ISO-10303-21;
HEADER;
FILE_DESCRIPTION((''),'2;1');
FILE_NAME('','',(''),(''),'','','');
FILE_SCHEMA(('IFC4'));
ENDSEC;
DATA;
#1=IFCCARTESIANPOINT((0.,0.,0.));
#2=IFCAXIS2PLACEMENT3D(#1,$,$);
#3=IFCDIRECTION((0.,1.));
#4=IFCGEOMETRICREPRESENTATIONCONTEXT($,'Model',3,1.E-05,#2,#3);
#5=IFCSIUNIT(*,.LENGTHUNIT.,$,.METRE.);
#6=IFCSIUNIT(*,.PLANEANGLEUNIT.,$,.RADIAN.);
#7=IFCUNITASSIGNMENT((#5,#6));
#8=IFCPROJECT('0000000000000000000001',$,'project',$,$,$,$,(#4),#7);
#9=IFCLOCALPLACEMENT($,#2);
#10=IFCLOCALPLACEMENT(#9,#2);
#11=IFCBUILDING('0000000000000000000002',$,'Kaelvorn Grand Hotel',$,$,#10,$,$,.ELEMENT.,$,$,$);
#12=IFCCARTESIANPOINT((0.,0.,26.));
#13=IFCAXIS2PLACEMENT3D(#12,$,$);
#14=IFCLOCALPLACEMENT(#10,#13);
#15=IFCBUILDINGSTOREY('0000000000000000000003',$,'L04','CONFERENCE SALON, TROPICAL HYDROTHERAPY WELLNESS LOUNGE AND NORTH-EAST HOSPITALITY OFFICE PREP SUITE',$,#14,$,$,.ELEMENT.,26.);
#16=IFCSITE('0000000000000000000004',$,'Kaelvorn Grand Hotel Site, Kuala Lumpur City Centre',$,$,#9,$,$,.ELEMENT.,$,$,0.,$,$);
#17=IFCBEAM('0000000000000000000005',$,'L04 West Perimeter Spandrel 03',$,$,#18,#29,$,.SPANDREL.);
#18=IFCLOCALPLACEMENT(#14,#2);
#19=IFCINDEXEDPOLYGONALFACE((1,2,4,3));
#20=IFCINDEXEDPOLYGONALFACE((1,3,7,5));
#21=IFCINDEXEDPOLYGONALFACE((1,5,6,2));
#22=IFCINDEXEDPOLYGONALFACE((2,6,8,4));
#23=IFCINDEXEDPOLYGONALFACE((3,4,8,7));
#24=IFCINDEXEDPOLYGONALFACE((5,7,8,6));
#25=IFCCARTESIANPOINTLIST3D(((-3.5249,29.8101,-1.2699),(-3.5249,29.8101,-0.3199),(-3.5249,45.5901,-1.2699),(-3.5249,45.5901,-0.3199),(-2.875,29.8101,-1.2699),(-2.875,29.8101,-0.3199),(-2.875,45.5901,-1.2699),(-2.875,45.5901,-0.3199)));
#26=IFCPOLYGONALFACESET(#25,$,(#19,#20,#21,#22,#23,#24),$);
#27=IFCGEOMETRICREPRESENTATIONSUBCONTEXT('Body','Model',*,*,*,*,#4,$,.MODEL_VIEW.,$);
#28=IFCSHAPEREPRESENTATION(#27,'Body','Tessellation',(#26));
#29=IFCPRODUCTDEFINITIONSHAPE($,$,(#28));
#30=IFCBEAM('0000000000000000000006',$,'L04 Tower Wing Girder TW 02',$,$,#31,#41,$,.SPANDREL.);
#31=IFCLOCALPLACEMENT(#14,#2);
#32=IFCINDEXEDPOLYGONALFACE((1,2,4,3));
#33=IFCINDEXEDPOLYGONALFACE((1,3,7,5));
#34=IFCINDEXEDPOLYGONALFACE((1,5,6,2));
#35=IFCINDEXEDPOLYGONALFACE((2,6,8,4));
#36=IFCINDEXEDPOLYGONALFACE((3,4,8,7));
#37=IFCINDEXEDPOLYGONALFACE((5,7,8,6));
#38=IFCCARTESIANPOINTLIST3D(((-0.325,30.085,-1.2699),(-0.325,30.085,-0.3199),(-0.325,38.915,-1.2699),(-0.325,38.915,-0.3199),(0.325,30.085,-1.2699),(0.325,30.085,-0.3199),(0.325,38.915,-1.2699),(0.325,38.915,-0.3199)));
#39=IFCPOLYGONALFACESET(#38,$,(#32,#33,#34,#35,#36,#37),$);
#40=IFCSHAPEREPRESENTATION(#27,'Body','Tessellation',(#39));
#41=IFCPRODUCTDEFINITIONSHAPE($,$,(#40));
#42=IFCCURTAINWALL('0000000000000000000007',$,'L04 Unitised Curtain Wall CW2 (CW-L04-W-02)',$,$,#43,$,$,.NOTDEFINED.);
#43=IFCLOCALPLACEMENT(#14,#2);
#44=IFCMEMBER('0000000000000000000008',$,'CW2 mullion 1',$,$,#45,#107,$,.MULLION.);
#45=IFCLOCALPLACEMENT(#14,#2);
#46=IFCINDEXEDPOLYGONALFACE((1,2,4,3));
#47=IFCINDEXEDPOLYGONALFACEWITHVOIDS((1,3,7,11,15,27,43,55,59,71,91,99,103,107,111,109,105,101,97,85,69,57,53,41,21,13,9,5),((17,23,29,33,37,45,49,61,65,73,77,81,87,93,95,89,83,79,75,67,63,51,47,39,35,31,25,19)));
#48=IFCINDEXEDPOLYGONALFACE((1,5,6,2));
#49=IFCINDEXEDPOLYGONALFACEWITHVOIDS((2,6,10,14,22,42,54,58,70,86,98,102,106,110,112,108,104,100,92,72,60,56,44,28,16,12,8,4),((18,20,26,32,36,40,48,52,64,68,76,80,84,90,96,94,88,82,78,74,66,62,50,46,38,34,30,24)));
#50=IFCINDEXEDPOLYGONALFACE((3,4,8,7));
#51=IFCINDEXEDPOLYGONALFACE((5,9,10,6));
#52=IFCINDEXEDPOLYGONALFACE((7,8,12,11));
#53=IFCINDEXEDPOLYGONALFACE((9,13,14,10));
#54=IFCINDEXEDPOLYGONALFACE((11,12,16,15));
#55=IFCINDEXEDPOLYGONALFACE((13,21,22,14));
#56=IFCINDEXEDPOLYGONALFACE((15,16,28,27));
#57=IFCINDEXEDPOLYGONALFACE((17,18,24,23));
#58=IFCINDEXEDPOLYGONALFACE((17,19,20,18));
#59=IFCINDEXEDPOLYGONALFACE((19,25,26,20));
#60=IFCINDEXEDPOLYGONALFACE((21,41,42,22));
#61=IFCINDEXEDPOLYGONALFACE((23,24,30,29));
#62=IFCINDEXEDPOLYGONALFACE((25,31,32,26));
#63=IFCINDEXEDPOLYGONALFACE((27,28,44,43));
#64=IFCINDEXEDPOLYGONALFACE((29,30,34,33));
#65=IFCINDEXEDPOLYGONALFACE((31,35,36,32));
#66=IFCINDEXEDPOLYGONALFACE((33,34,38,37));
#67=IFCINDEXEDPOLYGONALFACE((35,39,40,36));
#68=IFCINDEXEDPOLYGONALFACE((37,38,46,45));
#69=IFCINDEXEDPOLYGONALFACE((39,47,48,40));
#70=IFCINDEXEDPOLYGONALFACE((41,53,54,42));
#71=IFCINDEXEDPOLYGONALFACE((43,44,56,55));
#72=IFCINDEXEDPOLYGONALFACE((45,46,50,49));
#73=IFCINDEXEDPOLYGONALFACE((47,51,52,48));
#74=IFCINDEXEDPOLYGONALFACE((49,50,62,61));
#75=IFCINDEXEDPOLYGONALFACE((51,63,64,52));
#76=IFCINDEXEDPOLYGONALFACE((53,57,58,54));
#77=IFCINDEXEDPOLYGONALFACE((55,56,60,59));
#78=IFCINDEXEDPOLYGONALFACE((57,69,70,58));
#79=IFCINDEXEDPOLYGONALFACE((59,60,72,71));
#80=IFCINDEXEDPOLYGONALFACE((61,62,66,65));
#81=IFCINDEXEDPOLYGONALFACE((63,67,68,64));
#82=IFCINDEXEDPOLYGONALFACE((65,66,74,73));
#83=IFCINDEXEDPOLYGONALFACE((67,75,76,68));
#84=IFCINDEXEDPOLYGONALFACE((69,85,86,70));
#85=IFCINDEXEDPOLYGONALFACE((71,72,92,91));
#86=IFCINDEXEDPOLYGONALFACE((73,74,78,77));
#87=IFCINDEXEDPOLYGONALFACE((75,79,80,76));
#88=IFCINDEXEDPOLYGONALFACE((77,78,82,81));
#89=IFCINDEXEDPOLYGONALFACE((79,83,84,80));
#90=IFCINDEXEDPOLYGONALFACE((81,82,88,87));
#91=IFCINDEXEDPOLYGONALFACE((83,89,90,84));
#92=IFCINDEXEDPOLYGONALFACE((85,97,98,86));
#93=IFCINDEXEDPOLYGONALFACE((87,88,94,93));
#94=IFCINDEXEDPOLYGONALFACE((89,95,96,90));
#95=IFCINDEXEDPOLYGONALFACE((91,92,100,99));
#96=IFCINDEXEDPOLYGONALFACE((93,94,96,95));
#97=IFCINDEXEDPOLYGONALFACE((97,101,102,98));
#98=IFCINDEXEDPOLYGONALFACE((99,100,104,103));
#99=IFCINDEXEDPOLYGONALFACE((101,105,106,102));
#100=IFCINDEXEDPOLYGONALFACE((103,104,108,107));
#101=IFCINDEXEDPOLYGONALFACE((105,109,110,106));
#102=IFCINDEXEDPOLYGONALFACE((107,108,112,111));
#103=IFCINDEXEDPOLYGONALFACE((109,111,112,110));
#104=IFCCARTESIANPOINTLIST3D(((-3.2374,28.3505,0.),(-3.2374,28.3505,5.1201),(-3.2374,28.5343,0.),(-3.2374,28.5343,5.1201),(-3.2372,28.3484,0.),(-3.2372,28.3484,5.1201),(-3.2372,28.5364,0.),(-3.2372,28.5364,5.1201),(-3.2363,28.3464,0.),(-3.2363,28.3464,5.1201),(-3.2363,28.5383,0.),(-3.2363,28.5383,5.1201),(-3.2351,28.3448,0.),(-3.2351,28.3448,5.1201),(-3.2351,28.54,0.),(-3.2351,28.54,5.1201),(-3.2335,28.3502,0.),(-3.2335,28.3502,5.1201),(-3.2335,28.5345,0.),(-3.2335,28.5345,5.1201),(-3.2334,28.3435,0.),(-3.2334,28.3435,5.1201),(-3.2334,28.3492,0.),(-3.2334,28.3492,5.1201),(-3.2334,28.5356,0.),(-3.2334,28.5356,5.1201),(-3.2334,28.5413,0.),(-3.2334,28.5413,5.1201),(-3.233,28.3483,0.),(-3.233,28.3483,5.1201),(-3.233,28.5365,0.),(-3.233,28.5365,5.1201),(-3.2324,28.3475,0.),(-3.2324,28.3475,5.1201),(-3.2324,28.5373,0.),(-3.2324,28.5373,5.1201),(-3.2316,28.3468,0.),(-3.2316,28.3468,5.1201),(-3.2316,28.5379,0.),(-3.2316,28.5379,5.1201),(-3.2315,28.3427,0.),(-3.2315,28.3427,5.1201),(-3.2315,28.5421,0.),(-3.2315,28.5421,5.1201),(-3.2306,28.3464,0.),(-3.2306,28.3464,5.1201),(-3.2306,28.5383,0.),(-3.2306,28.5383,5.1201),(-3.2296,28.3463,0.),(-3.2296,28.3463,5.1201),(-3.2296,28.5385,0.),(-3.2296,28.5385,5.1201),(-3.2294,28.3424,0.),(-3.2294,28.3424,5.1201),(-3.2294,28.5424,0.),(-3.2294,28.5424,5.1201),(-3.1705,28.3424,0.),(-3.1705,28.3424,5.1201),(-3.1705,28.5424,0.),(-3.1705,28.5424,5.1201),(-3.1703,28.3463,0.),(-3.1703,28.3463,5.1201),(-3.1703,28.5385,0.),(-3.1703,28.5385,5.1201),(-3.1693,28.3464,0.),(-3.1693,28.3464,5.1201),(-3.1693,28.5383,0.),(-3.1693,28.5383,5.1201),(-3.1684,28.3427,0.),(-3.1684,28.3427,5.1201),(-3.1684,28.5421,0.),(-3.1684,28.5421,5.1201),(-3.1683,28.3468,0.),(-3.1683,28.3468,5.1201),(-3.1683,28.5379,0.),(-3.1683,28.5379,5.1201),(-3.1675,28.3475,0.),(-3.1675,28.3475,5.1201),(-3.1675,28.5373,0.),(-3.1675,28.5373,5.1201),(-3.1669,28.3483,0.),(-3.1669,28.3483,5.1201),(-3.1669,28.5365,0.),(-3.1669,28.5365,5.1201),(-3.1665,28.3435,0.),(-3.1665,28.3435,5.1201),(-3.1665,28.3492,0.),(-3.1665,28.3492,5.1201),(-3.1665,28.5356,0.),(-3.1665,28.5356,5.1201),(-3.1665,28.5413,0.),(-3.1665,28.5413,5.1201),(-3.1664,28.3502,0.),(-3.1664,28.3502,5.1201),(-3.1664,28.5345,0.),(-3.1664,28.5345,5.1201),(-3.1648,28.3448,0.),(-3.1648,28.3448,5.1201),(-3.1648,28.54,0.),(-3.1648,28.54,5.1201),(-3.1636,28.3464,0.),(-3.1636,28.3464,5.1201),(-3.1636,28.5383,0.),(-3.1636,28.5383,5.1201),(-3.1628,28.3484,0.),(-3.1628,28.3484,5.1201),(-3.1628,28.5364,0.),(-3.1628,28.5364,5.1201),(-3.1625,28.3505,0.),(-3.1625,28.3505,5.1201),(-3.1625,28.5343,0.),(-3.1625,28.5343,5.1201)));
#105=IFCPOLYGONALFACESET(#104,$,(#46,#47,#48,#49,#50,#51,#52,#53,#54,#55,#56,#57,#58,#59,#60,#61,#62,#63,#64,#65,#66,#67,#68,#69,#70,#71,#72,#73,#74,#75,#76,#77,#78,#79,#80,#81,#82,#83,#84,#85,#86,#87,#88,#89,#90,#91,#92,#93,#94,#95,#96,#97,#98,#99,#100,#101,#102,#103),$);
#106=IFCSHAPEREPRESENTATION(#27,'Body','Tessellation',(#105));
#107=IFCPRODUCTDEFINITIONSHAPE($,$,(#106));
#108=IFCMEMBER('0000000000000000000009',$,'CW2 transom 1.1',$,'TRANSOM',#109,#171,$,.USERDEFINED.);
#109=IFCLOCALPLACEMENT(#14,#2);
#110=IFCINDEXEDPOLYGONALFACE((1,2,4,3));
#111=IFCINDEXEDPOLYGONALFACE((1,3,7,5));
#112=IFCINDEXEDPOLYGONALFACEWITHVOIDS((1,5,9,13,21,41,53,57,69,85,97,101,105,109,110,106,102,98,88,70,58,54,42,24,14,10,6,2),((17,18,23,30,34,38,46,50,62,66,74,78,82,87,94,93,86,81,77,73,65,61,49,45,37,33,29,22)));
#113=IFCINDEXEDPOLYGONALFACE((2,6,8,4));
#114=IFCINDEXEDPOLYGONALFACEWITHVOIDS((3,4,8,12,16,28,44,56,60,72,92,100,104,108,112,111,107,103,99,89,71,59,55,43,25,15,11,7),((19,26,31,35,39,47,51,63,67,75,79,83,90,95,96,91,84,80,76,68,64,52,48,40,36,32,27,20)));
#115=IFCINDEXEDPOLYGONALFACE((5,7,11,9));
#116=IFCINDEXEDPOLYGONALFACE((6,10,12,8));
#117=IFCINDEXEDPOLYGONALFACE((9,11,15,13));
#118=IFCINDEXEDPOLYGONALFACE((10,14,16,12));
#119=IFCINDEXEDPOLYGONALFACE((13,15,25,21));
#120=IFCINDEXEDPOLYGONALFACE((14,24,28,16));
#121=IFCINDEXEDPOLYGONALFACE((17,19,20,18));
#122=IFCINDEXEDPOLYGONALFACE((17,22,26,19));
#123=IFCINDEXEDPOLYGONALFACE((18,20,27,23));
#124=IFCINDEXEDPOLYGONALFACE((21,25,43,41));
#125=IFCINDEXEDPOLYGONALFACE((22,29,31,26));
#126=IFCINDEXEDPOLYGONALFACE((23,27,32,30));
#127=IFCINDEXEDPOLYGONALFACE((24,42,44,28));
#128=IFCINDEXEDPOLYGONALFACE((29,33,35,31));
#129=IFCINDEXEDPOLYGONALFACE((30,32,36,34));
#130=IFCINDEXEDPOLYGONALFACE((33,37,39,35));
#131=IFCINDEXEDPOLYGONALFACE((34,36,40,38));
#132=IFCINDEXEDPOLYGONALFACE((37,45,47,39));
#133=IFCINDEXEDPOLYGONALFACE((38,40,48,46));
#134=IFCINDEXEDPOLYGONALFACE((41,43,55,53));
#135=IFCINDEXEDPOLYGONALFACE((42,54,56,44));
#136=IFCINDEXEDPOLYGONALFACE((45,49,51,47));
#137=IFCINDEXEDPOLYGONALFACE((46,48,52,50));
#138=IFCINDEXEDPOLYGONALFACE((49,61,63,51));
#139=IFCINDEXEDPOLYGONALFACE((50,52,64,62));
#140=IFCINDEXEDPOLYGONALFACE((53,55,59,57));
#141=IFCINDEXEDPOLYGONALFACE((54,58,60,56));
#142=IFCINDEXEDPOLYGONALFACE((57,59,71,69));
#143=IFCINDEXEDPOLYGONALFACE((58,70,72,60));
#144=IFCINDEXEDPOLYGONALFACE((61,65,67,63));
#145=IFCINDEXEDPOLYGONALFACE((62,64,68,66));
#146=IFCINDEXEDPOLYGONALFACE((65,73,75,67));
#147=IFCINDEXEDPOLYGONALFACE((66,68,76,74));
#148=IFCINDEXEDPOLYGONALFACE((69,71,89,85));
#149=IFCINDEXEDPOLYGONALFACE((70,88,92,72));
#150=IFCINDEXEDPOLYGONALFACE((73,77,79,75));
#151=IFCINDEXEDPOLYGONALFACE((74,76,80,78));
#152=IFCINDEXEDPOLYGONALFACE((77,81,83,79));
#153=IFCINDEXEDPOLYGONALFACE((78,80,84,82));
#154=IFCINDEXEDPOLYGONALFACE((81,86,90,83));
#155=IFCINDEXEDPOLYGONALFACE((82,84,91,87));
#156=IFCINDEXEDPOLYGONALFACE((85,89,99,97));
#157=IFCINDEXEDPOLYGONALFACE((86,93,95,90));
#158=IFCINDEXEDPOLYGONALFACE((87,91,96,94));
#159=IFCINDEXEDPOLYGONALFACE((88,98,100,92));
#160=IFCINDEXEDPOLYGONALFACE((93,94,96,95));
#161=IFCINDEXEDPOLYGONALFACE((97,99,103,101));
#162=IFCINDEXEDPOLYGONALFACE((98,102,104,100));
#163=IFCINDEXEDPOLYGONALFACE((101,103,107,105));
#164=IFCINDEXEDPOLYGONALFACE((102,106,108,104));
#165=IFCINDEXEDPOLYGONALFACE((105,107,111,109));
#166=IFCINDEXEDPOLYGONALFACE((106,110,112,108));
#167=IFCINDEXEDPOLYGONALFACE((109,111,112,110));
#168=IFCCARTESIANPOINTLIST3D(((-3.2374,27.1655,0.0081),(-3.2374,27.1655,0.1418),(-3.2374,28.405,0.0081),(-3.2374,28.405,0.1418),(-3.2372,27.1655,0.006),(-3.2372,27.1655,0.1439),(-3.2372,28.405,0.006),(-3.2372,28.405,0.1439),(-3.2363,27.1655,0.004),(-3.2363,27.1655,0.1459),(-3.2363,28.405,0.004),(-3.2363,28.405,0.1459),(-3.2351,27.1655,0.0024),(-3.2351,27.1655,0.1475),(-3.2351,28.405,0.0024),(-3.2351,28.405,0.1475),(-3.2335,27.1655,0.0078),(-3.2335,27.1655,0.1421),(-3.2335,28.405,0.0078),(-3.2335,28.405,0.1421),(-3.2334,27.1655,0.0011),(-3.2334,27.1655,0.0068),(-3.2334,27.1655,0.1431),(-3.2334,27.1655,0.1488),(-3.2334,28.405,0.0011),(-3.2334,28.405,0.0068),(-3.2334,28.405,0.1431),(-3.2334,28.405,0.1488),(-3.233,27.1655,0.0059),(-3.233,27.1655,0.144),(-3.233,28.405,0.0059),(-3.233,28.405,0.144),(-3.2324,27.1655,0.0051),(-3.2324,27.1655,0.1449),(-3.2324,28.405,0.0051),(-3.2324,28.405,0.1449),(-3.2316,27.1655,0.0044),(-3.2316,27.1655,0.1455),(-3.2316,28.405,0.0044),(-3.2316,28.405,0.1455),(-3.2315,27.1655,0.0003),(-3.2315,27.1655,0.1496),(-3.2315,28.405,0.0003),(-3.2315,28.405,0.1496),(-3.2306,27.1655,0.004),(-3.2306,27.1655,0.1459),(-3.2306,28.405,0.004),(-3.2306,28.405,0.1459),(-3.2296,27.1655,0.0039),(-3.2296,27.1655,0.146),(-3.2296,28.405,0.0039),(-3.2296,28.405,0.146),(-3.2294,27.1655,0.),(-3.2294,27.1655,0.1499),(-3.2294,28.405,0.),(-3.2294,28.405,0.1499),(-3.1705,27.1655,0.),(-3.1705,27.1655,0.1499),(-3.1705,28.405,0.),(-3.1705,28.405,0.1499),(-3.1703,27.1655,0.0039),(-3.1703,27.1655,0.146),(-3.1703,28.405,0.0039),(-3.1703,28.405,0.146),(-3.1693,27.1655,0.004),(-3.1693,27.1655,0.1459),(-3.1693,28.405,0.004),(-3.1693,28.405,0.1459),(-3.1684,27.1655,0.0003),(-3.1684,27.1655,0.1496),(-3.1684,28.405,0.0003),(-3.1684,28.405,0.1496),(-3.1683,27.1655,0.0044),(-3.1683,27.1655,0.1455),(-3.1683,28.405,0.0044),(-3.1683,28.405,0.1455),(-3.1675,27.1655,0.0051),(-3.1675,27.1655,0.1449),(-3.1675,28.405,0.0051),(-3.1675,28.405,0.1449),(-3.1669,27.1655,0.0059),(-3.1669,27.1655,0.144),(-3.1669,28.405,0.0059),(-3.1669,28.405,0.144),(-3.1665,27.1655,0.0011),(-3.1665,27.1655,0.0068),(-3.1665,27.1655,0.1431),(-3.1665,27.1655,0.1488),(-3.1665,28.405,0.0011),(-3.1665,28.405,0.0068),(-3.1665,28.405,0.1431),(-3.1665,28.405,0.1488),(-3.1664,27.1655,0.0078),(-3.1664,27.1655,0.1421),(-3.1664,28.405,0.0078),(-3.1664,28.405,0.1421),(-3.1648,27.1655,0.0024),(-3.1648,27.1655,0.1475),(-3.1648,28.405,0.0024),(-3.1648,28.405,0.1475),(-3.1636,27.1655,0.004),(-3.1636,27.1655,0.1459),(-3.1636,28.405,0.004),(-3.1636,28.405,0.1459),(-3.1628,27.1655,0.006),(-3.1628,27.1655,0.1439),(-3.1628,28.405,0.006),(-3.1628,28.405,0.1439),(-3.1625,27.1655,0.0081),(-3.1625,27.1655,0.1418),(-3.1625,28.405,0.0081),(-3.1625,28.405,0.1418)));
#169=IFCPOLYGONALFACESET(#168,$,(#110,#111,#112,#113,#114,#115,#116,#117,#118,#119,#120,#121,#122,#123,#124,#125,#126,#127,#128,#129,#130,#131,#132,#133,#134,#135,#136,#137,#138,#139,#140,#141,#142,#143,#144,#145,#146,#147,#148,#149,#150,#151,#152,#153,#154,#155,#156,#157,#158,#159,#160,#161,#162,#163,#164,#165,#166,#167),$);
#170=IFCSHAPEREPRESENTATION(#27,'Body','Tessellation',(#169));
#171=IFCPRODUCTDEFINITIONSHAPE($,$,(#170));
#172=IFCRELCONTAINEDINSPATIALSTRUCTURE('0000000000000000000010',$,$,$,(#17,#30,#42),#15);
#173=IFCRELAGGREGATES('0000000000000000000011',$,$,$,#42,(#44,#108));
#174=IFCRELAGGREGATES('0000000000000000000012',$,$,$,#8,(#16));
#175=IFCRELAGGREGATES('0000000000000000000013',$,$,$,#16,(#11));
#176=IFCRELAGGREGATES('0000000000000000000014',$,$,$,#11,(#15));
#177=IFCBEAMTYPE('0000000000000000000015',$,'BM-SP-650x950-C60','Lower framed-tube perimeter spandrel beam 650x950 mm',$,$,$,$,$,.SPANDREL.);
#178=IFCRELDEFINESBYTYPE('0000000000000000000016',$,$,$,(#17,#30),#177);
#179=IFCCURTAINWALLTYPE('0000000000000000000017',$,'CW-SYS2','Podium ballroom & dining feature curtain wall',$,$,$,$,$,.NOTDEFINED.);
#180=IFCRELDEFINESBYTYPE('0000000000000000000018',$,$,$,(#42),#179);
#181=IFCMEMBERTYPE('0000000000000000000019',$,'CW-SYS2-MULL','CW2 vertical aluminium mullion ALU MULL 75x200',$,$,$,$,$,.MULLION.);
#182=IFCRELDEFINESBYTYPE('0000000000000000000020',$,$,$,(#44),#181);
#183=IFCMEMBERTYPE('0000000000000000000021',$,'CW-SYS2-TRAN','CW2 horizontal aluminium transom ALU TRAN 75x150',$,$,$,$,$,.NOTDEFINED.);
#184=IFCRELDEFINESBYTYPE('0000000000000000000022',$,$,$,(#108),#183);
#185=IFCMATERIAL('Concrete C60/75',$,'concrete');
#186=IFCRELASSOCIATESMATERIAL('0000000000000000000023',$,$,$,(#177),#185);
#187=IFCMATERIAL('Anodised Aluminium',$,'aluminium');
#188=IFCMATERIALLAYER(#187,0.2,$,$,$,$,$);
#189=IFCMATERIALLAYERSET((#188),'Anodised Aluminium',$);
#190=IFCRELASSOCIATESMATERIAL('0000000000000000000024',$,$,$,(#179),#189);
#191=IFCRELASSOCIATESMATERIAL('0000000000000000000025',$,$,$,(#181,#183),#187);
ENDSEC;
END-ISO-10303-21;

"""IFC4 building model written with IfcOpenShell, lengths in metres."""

from ifc_helpers import new_model, si_unit, direction, frame, origin, origin_2d, place, context, subcontext, project, spatial, rectangle, hollow_rectangle, extrude, material, layer, layer_set, material_profile, profile_set, type_object, element, aggregate, save


model = new_model("IFC4")

# Units and contexts
model_context = context("Model", 3, precision=1e-05, world=origin(), true_north=direction((0.0, 1.0)))
body_context = subcontext(model_context, "Body", "Model", "MODEL_VIEW")
ifc_project = project(units=[si_unit("LENGTHUNIT", "METRE"), si_unit("PLANEANGLEUNIT", "RADIAN")], contexts=[model_context])

# Site, building, storey
site_placement = place(None, origin())
site = spatial("IfcSite", under=ifc_project, at=site_placement, Name="Kaelvorn Grand Hotel Site, Kuala Lumpur City Centre", CompositionType="ELEMENT", RefElevation=0.0)
building_placement = place(site_placement, origin())
building = spatial("IfcBuilding", under=site, at=building_placement, Name="Kaelvorn Grand Hotel", CompositionType="ELEMENT")
storey_placement = place(building_placement, frame((0.0, 0.0, 26.0)))
storey = spatial("IfcBuildingStorey", under=building, at=storey_placement, Name="L04", Description="CONFERENCE SALON, TROPICAL HYDROTHERAPY WELLNESS LOUNGE AND NORTH-EAST HOSPITALITY OFFICE PREP SUITE", CompositionType="ELEMENT", Elevation=26.0)

# Beams
ifc_material_1 = material(Name="Concrete C60/75", Category="concrete")
ifc_material_profile_1 = material_profile(ifc_material_1, rectangle(XDim=0.6499, YDim=0.95, at=origin_2d()), Name="RC SPANDREL 650x950")
ifc_profile_set_1 = profile_set([ifc_material_profile_1], Name="Concrete C60/75")
beam_type_1 = type_object("IfcBeamType", Name="BM-SP-650x950-C60", Description="Lower framed-tube perimeter spandrel beam 650x950 mm", PredefinedType="SPANDREL", material=ifc_profile_set_1)
beam_1_placement = place(storey_placement, frame((-3.2, 29.8101, -0.7949), z_axis=(0.0, 1.0, 0.0), x_axis=(-1.0, 0.0, 0.0)))
element("IfcBeam", 1, at=beam_1_placement, inside=storey, type_object=beam_type_1, Name="L04 West Perimeter Spandrel 03", PredefinedType="SPANDREL", context=body_context, shape_type="SweptSolid", body=[
    extrude(rectangle(XDim=0.6499, YDim=0.95, at=origin_2d()), origin(), (0.0, 0.0, 1.0), 15.78),
])
beam_2_placement = place(storey_placement, frame((0.0, 30.085, -0.7949), z_axis=(0.0, 1.0, 0.0), x_axis=(-1.0, 0.0, 0.0)))
element("IfcBeam", 2, at=beam_2_placement, inside=storey, type_object=beam_type_1, Name="L04 Tower Wing Girder TW 02", PredefinedType="SPANDREL", context=body_context, shape_type="SweptSolid", body=[
    extrude(rectangle(XDim=0.6499, YDim=0.95, at=origin_2d()), origin(), (0.0, 0.0, 1.0), 8.8301),
])

# Curtain wall, members
ifc_material_2 = material(Name="Anodised Aluminium", Category="aluminium")
ifc_layer_1 = layer(ifc_material_2, 0.2)
ifc_layer_set_1 = layer_set([ifc_layer_1], Name="Anodised Aluminium")
curtain_wall_type = type_object("IfcCurtainWallType", Name="CW-SYS2", Description="Podium ballroom & dining feature curtain wall", PredefinedType="NOTDEFINED", material=ifc_layer_set_1)
curtain_wall_placement = place(storey_placement, origin())
curtain_wall = element("IfcCurtainWall", 3, at=curtain_wall_placement, inside=storey, type_object=curtain_wall_type, Name="L04 Unitised Curtain Wall CW2 (CW-L04-W-02)", PredefinedType="NOTDEFINED")
ifc_material_profile_2 = material_profile(ifc_material_2, hollow_rectangle(XDim=0.075, YDim=0.2, WallThickness=0.0039, InnerFilletRadius=0.0039, OuterFilletRadius=0.0081, at=origin_2d()), Name="ALU MULL 75x200")
ifc_profile_set_2 = profile_set([ifc_material_profile_2], Name="Anodised Aluminium")
member_type_1 = type_object("IfcMemberType", Name="CW-SYS2-MULL", Description="CW2 vertical aluminium mullion ALU MULL 75x200", PredefinedType="MULLION", material=ifc_profile_set_2)
member_1_placement = place(storey_placement, frame((-3.2, 28.4424, 0.0), z_axis=(0.0, 0.0, 1.0), x_axis=(1.0, 0.0, 0.0)))
member_1 = element("IfcMember", 4, at=member_1_placement, type_object=member_type_1, Name="CW2 mullion 1", PredefinedType="MULLION", context=body_context, shape_type="SweptSolid", body=[
    extrude(hollow_rectangle(XDim=0.075, YDim=0.2, WallThickness=0.0039, InnerFilletRadius=0.0039, OuterFilletRadius=0.0081, at=origin_2d()), origin(), (0.0, 0.0, 1.0), 5.1201),
])
ifc_material_profile_3 = material_profile(ifc_material_2, hollow_rectangle(XDim=0.075, YDim=0.1499, WallThickness=0.0039, InnerFilletRadius=0.0039, OuterFilletRadius=0.0081, at=origin_2d()), Name="ALU TRAN 75x150")
ifc_profile_set_3 = profile_set([ifc_material_profile_3], Name="Anodised Aluminium")
member_type_2 = type_object("IfcMemberType", Name="CW-SYS2-TRAN", Description="CW2 horizontal aluminium transom ALU TRAN 75x150", PredefinedType="NOTDEFINED", material=ifc_profile_set_3)
member_2_placement = place(storey_placement, frame((-3.2, 28.405, 0.075), z_axis=(0.0, -1.0, 0.0), x_axis=(1.0, 0.0, 0.0)))
member_2 = element("IfcMember", 5, at=member_2_placement, type_object=member_type_2, Name="CW2 transom 1.1", ObjectType="TRANSOM", PredefinedType="USERDEFINED", context=body_context, shape_type="SweptSolid", body=[
    extrude(hollow_rectangle(XDim=0.075, YDim=0.1499, WallThickness=0.0039, InnerFilletRadius=0.0039, OuterFilletRadius=0.0081, at=origin_2d()), origin(), (0.0, 0.0, 1.0), 1.2395),
])
aggregate(curtain_wall, [member_1, member_2])

save(model, "model.ifc")
